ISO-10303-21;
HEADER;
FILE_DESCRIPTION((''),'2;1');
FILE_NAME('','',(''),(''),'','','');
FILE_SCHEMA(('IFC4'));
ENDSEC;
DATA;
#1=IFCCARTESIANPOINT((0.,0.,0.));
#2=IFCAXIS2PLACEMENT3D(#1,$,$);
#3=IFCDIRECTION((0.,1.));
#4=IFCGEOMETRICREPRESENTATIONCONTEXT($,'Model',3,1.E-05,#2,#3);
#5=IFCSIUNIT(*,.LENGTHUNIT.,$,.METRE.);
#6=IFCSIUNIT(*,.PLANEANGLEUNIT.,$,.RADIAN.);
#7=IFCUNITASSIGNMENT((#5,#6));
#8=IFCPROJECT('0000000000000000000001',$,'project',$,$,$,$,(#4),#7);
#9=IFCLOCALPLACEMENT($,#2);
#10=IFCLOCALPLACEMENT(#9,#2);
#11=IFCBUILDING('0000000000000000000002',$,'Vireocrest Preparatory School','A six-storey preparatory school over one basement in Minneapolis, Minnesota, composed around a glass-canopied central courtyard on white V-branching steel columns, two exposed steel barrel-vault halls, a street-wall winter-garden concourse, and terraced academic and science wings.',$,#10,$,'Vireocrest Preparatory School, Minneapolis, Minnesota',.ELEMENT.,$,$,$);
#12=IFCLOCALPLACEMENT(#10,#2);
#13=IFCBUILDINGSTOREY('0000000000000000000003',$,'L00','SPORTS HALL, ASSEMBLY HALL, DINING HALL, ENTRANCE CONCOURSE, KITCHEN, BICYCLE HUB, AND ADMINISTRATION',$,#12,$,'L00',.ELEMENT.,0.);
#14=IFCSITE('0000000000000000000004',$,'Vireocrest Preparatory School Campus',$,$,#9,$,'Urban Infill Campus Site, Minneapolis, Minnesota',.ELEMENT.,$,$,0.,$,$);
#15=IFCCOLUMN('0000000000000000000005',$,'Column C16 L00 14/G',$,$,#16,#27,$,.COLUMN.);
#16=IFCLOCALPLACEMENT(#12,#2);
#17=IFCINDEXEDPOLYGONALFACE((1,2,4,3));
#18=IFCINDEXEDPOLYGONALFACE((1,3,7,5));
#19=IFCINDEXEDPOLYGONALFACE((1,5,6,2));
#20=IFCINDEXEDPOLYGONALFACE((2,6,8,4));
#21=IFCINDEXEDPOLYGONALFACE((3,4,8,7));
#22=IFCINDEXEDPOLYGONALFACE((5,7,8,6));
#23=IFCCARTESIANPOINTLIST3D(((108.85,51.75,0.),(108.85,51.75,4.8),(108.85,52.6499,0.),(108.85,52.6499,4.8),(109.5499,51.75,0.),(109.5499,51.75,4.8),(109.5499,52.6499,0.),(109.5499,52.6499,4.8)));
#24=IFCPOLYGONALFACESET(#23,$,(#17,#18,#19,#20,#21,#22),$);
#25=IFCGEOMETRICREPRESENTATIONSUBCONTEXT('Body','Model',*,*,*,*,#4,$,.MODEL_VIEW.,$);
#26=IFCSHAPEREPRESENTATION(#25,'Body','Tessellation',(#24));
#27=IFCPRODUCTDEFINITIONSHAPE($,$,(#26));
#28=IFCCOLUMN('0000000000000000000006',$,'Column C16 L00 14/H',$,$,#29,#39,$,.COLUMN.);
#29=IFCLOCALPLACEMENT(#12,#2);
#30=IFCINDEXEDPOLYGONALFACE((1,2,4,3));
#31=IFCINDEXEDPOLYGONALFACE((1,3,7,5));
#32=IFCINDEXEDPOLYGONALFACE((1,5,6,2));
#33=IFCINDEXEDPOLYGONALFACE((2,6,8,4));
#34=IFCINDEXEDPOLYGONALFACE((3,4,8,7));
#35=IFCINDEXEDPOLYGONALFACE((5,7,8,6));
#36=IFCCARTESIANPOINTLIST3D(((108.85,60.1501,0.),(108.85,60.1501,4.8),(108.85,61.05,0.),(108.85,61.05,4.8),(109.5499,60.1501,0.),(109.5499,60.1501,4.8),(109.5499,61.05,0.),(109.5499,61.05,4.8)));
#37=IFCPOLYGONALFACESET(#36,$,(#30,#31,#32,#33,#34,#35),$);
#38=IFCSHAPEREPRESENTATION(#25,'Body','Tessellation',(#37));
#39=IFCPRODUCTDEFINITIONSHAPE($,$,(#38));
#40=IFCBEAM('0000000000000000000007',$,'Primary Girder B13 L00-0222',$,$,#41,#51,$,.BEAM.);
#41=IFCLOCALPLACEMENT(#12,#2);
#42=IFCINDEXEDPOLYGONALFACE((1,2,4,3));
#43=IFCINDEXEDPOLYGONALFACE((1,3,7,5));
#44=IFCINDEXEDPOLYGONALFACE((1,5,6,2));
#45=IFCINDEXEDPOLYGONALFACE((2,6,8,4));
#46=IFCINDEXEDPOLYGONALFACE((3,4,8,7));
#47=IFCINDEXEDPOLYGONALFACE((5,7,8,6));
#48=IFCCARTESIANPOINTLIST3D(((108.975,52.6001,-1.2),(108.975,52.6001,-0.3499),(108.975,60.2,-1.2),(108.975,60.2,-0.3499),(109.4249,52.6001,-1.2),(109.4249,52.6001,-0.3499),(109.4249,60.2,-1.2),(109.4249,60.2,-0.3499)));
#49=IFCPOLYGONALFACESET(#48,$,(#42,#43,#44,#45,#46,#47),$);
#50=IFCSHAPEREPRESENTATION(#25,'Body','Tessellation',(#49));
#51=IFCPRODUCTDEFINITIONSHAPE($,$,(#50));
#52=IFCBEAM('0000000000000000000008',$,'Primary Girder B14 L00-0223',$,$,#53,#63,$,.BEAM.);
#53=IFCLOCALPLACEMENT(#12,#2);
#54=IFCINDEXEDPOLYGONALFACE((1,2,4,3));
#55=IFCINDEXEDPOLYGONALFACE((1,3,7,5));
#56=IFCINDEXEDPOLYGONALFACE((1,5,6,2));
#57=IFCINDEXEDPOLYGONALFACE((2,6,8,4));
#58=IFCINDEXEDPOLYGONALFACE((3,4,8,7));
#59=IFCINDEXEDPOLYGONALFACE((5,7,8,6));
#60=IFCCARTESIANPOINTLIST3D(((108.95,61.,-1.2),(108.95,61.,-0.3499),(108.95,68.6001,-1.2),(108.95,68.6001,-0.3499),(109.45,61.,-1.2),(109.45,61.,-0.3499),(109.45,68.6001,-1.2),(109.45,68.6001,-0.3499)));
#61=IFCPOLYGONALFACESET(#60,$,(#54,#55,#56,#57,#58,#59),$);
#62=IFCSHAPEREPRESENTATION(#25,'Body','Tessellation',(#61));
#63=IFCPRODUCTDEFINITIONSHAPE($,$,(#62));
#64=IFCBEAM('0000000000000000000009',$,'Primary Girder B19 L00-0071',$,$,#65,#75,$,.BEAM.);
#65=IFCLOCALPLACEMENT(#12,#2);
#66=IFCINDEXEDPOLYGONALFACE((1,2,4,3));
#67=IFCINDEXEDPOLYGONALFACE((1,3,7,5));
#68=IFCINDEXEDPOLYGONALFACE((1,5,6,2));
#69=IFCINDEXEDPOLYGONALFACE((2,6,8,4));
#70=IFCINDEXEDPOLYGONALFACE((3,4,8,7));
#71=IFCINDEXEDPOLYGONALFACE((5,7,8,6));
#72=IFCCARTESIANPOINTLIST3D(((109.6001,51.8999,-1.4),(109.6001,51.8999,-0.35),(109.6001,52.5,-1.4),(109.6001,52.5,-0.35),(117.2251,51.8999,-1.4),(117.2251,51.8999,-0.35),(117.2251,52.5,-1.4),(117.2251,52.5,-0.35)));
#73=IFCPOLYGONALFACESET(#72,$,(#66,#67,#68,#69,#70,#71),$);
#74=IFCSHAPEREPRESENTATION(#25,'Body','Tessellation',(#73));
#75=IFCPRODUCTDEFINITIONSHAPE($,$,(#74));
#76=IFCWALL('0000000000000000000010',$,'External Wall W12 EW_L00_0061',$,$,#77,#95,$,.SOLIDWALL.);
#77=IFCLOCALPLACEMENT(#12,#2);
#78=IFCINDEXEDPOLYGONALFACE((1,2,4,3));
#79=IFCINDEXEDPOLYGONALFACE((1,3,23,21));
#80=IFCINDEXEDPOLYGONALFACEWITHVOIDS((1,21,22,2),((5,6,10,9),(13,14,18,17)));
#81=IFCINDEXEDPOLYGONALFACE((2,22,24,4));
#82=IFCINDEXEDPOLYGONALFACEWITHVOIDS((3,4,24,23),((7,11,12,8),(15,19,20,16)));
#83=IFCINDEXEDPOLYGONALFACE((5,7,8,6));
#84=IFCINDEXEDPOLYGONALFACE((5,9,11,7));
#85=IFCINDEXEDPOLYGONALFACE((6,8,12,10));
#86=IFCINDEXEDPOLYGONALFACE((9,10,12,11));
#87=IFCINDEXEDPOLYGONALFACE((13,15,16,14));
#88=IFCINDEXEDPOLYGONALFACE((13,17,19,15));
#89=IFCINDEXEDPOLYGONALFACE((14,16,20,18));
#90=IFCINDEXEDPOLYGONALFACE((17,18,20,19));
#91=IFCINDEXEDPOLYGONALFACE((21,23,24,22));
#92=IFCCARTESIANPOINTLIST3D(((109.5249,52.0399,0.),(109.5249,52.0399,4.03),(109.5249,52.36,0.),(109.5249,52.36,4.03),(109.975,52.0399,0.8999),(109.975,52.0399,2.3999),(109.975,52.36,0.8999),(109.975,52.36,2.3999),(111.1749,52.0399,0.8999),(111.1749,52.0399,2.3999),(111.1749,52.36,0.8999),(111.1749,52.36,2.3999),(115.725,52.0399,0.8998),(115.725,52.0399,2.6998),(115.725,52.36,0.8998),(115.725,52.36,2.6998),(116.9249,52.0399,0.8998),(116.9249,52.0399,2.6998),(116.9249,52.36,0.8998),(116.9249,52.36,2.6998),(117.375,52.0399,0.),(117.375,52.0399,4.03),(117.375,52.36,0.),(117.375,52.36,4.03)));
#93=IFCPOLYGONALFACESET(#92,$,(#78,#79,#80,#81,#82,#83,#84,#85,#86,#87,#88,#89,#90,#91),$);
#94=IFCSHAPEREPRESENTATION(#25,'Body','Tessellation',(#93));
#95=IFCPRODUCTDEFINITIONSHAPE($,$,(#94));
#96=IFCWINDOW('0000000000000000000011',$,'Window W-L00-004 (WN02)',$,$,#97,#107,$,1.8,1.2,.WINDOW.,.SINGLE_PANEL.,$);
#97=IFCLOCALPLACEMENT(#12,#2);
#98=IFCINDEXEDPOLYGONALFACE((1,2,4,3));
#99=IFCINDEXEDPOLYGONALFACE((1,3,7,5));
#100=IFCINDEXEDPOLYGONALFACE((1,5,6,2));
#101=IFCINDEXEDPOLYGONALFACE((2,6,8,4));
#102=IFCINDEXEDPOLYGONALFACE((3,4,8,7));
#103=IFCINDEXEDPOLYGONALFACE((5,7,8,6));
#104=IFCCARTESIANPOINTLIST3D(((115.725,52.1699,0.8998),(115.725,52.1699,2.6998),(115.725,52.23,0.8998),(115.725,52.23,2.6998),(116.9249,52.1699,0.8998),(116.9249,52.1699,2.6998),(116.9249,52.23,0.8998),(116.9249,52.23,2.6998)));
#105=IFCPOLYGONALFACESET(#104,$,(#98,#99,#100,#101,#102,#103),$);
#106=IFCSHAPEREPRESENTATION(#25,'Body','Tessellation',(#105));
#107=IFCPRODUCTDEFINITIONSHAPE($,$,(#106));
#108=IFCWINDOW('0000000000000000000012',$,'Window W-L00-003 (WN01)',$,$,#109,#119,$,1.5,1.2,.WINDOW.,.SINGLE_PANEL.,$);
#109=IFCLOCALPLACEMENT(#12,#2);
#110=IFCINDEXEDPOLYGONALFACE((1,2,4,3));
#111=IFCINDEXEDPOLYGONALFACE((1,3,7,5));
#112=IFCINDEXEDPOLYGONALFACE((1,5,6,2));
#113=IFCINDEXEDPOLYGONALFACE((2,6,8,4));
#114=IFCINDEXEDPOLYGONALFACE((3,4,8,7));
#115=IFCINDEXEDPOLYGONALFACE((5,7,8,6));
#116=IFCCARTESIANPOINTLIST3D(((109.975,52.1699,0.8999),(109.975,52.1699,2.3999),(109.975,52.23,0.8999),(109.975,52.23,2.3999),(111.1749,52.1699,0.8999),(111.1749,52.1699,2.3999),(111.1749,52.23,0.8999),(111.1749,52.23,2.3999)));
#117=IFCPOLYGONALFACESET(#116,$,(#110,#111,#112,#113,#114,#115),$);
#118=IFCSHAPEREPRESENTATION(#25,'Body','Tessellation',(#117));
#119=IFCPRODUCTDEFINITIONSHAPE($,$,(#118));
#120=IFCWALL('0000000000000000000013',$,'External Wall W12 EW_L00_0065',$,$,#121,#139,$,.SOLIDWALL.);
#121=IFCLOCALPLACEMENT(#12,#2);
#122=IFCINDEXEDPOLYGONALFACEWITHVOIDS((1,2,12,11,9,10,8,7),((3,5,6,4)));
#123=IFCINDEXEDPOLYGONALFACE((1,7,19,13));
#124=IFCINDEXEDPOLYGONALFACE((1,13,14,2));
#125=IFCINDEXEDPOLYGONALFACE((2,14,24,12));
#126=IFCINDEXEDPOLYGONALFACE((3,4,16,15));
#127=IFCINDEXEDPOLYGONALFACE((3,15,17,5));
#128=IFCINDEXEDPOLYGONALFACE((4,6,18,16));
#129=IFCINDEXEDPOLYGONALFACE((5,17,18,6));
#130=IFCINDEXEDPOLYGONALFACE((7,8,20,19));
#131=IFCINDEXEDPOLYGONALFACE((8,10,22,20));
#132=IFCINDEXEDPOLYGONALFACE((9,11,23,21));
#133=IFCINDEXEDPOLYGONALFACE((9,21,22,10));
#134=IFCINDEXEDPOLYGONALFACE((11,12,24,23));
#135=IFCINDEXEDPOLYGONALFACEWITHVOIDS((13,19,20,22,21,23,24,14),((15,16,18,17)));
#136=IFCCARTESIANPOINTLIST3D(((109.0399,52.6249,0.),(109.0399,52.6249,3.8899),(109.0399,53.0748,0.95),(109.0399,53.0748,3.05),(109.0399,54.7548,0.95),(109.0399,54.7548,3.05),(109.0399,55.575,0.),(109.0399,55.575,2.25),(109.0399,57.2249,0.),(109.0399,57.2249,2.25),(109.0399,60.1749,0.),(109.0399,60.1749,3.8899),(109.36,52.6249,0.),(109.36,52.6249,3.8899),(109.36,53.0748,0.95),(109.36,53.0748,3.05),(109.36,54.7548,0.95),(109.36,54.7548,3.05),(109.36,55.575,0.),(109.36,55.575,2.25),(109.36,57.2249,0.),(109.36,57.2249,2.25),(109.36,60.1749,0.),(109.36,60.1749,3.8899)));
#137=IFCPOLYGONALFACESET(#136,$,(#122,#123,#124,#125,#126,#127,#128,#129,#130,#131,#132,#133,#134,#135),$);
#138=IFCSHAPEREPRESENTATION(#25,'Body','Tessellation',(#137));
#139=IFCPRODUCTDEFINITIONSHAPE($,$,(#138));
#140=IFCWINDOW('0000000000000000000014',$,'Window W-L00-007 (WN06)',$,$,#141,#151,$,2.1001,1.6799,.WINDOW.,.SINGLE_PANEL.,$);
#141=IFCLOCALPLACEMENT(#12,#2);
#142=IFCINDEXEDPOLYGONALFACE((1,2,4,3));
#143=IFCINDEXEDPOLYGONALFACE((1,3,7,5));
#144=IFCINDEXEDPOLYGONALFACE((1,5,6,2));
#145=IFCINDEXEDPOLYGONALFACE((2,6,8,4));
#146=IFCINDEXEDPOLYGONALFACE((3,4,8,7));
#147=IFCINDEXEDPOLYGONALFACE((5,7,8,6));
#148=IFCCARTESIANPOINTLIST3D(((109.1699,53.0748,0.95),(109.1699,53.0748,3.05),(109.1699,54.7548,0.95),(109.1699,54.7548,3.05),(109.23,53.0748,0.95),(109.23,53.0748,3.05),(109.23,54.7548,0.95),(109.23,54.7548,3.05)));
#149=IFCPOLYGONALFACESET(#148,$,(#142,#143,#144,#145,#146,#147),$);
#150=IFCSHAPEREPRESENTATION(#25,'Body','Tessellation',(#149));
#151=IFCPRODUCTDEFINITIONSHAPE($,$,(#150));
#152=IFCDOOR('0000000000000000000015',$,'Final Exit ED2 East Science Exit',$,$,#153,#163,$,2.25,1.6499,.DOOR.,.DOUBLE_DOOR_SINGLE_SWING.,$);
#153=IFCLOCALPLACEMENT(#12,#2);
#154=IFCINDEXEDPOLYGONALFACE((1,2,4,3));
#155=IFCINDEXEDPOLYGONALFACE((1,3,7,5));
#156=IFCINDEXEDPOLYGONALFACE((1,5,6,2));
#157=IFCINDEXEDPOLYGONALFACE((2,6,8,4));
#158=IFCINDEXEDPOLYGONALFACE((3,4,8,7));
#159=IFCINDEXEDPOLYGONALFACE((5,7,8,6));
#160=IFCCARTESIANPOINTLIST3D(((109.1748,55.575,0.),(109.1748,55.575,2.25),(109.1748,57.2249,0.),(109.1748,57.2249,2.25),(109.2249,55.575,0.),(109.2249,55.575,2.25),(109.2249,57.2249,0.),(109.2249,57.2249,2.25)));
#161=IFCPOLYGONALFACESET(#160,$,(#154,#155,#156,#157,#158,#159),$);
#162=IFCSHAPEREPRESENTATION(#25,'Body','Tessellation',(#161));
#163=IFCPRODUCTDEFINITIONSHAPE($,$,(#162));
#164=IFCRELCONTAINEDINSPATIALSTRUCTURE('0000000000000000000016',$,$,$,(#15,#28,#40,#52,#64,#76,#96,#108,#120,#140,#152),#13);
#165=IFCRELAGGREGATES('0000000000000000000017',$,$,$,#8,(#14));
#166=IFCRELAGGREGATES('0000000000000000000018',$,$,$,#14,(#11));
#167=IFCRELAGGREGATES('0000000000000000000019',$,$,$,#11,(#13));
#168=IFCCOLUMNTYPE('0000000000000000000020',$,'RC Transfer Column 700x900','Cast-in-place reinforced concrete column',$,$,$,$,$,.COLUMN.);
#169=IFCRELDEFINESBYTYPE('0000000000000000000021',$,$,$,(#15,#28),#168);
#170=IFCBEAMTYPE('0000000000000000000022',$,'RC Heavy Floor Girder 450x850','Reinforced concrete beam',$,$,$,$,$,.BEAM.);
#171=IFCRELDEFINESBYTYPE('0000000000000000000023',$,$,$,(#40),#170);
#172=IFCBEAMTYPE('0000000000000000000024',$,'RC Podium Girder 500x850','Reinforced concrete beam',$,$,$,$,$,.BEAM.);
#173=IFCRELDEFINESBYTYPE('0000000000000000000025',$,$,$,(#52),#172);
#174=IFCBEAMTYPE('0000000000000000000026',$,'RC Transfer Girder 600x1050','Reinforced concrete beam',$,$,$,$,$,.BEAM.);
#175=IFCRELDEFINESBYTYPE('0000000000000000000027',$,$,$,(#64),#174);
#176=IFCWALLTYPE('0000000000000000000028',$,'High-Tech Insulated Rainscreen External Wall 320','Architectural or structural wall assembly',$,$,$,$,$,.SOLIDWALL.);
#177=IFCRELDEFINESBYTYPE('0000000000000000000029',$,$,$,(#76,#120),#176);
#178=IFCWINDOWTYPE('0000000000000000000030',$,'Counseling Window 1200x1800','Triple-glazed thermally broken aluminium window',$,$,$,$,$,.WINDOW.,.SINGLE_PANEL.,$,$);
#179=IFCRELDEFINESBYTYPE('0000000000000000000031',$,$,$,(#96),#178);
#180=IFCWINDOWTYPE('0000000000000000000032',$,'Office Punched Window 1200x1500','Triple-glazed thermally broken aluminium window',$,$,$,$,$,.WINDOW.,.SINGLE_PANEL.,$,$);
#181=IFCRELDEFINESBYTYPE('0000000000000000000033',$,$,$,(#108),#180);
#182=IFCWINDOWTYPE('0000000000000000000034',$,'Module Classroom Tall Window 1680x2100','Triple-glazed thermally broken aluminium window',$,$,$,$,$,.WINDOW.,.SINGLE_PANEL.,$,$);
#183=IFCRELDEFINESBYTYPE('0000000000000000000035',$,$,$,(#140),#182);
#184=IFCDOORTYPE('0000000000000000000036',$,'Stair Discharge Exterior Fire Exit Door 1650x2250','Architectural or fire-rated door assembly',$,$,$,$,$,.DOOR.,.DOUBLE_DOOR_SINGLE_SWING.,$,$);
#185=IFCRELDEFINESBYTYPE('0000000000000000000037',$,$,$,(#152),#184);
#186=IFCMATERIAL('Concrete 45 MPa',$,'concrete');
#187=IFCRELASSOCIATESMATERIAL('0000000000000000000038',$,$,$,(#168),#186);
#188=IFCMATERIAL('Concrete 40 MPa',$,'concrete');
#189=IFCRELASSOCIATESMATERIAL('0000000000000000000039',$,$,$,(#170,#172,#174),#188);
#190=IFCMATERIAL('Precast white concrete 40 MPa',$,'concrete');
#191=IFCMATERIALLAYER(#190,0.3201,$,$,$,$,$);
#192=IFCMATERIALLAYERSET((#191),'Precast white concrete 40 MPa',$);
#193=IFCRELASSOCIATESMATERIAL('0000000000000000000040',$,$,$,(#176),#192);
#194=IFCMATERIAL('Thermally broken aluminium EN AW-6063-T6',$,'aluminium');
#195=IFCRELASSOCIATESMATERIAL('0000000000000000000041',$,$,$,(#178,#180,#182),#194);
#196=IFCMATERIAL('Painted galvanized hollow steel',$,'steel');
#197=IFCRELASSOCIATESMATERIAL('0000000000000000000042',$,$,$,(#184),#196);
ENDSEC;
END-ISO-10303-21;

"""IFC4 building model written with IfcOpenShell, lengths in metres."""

from ifc_helpers import new_model, si_unit, direction, frame, frame_2d, origin, origin_2d, place, context, subcontext, project, spatial, rectangle, extrude, material, layer, layer_set, material_profile, profile_set, type_object, element, fill, save


model = new_model("IFC4")

# Units and contexts
model_context = context("Model", 3, precision=1e-05, world=origin(), true_north=direction((0.0, 1.0)))
body_context = subcontext(model_context, "Body", "Model", "MODEL_VIEW")
ifc_project = project(units=[si_unit("LENGTHUNIT", "METRE"), si_unit("PLANEANGLEUNIT", "RADIAN")], contexts=[model_context])

# Site, building, storey
site_placement = place(None, origin())
site = spatial("IfcSite", under=ifc_project, at=site_placement, Name="Vireocrest Preparatory School Campus", LongName="Urban Infill Campus Site, Minneapolis, Minnesota", CompositionType="ELEMENT", RefElevation=0.0)
building_placement = place(site_placement, origin())
building = spatial("IfcBuilding", under=site, at=building_placement, Name="Vireocrest Preparatory School", Description="A six-storey preparatory school over one basement in Minneapolis, Minnesota, composed around a glass-canopied central courtyard on white V-branching steel columns, two exposed steel barrel-vault halls, a street-wall winter-garden concourse, and terraced academic and science wings.", LongName="Vireocrest Preparatory School, Minneapolis, Minnesota", CompositionType="ELEMENT")
storey_placement = place(building_placement, origin())
storey = spatial("IfcBuildingStorey", under=building, at=storey_placement, Name="L00", Description="SPORTS HALL, ASSEMBLY HALL, DINING HALL, ENTRANCE CONCOURSE, KITCHEN, BICYCLE HUB, AND ADMINISTRATION", LongName="L00", CompositionType="ELEMENT", Elevation=0.0)

# Columns
ifc_material_1 = material(Name="Concrete 45 MPa", Category="concrete")
ifc_material_profile_1 = material_profile(ifc_material_1, rectangle(XDim=0.7, YDim=0.8999, at=origin_2d()), Name="RC 700x900")
ifc_profile_set_1 = profile_set([ifc_material_profile_1], Name="Concrete 45 MPa")
column_type = type_object("IfcColumnType", Name="RC Transfer Column 700x900", Description="Cast-in-place reinforced concrete column", PredefinedType="COLUMN", material=ifc_profile_set_1)
for number, where, z_axis, x_axis, name in (
    (1, (109.2, 52.2, 0.0), (0.0, 0.0, 1.0), (1.0, 0.0, 0.0), "Column C16 L00 14/G"),
    (2, (109.2, 60.6001, 0.0), (0.0, 0.0, 1.0), (1.0, 0.0, 0.0), "Column C16 L00 14/H"),
):
    element("IfcColumn", number, at=place(storey_placement, frame(where, z_axis=z_axis, x_axis=x_axis)), inside=storey, type_object=column_type, Name=name, PredefinedType="COLUMN", context=body_context, shape_type="SweptSolid", body=[
        extrude(rectangle(XDim=0.7, YDim=0.8999, at=origin_2d()), origin(), (0.0, 0.0, 1.0), 4.8),
    ])

# Beams
ifc_material_2 = material(Name="Concrete 40 MPa", Category="concrete")
ifc_material_profile_2 = material_profile(ifc_material_2, rectangle(XDim=0.45, YDim=0.8501, at=origin_2d()), Name="RC 450x850")
ifc_profile_set_2 = profile_set([ifc_material_profile_2], Name="Concrete 40 MPa")
beam_type_1 = type_object("IfcBeamType", Name="RC Heavy Floor Girder 450x850", Description="Reinforced concrete beam", PredefinedType="BEAM", material=ifc_profile_set_2)
beam_1_placement = place(storey_placement, frame((109.2, 52.6001, -0.7749), z_axis=(0.0, 1.0, 0.0), x_axis=(-1.0, 0.0, 0.0)))
element("IfcBeam", 3, at=beam_1_placement, inside=storey, type_object=beam_type_1, Name="Primary Girder B13 L00-0222", PredefinedType="BEAM", context=body_context, shape_type="SweptSolid", body=[
    extrude(rectangle(XDim=0.45, YDim=0.8501, at=origin_2d()), origin(), (0.0, 0.0, 1.0), 7.5999),
])
ifc_material_profile_3 = material_profile(ifc_material_2, rectangle(XDim=0.5, YDim=0.8501, at=origin_2d()), Name="RC 500x850")
ifc_profile_set_3 = profile_set([ifc_material_profile_3], Name="Concrete 40 MPa")
beam_type_2 = type_object("IfcBeamType", Name="RC Podium Girder 500x850", Description="Reinforced concrete beam", PredefinedType="BEAM", material=ifc_profile_set_3)
beam_2_placement = place(storey_placement, frame((109.2, 61.0, -0.7749), z_axis=(0.0, 1.0, 0.0), x_axis=(-1.0, 0.0, 0.0)))
element("IfcBeam", 4, at=beam_2_placement, inside=storey, type_object=beam_type_2, Name="Primary Girder B14 L00-0223", PredefinedType="BEAM", context=body_context, shape_type="SweptSolid", body=[
    extrude(rectangle(XDim=0.5, YDim=0.8501, at=origin_2d()), origin(), (0.0, 0.0, 1.0), 7.6001),
])
ifc_material_profile_4 = material_profile(ifc_material_2, rectangle(XDim=0.6001, YDim=1.05, at=origin_2d()), Name="RC 600x1050")
ifc_profile_set_4 = profile_set([ifc_material_profile_4], Name="Concrete 40 MPa")
beam_type_3 = type_object("IfcBeamType", Name="RC Transfer Girder 600x1050", Description="Reinforced concrete beam", PredefinedType="BEAM", material=ifc_profile_set_4)
beam_3_placement = place(storey_placement, frame((109.6001, 52.2, -0.875), z_axis=(1.0, 0.0, 0.0), x_axis=(0.0, 1.0, 0.0)))
element("IfcBeam", 5, at=beam_3_placement, inside=storey, type_object=beam_type_3, Name="Primary Girder B19 L00-0071", PredefinedType="BEAM", context=body_context, shape_type="SweptSolid", body=[
    extrude(rectangle(XDim=0.6001, YDim=1.05, at=origin_2d()), origin(), (0.0, 0.0, 1.0), 7.625),
])

# Wall, openings, windows
ifc_material_3 = material(Name="Precast white concrete 40 MPa", Category="concrete")
ifc_layer_1 = layer(ifc_material_3, 0.3201)
ifc_layer_set_1 = layer_set([ifc_layer_1], Name="Precast white concrete 40 MPa")
wall_type_1 = type_object("IfcWallType", Name="High-Tech Insulated Rainscreen External Wall 320", Description="Architectural or structural wall assembly", PredefinedType="SOLIDWALL", material=ifc_layer_set_1)
wall_1_placement = place(storey_placement, frame((109.5249, 52.2, 0.0), z_axis=(0.0, 0.0, 1.0), x_axis=(1.0, 0.0, 0.0)))
wall_1 = element("IfcWall", 6, at=wall_1_placement, inside=storey, type_object=wall_type_1, Name="External Wall W12 EW_L00_0061", PredefinedType="SOLIDWALL", context=body_context, shape_type="SweptSolid", body=[
    extrude(rectangle(XDim=7.8501, YDim=0.3201, at=frame_2d((3.925, 0.0))), origin(), (0.0, 0.0, 1.0), 4.03),
])
opening_1_placement = place(wall_1_placement, frame((0.45, 0.0, 0.8999)))
opening_1 = element("IfcOpeningElement", 7, at=opening_1_placement, cuts=wall_1, PredefinedType="OPENING", context=body_context, shape_type="SweptSolid", body=[
    extrude(rectangle(XDim=1.2, YDim=1.5, at=frame_2d((0.6001, 0.75))), frame((0.0, 0.1699, 0.0), z_axis=(0.0, -1.0, 0.0), x_axis=(1.0, 0.0, 0.0)), (0.0, 0.0, 1.0), 0.3401),
])
opening_2_placement = place(wall_1_placement, frame((6.2, 0.0, 0.8999)))
opening_2 = element("IfcOpeningElement", 8, at=opening_2_placement, cuts=wall_1, PredefinedType="OPENING", context=body_context, shape_type="SweptSolid", body=[
    extrude(rectangle(XDim=1.2, YDim=1.8, at=frame_2d((0.6001, 0.8999))), frame((0.0, 0.1699, 0.0), z_axis=(0.0, -1.0, 0.0), x_axis=(1.0, 0.0, 0.0)), (0.0, 0.0, 1.0), 0.3401),
])
ifc_material_4 = material(Name="Thermally broken aluminium EN AW-6063-T6", Category="aluminium")
window_type_1 = type_object("IfcWindowType", Name="Counseling Window 1200x1800", Description="Triple-glazed thermally broken aluminium window", PartitioningType="SINGLE_PANEL", PredefinedType="WINDOW", material=ifc_material_4)
window_1_placement = place(opening_2_placement, origin())
window_1 = element("IfcWindow", 9, at=window_1_placement, inside=storey, type_object=window_type_1, Name="Window W-L00-004 (WN02)", OverallHeight=1.8, OverallWidth=1.2, PartitioningType="SINGLE_PANEL", PredefinedType="WINDOW", context=body_context, shape_type="SweptSolid", body=[
    extrude(rectangle(XDim=1.2, YDim=1.8, at=frame_2d((0.6001, 0.8999))), frame((0.0, 0.03, 0.0), z_axis=(0.0, -1.0, 0.0), x_axis=(1.0, 0.0, 0.0)), (0.0, 0.0, 1.0), 0.0601),
])
fill(opening_2, window_1)
window_type_2 = type_object("IfcWindowType", Name="Office Punched Window 1200x1500", Description="Triple-glazed thermally broken aluminium window", PartitioningType="SINGLE_PANEL", PredefinedType="WINDOW", material=ifc_material_4)
window_2_placement = place(opening_1_placement, origin())
window_2 = element("IfcWindow", 10, at=window_2_placement, inside=storey, type_object=window_type_2, Name="Window W-L00-003 (WN01)", OverallHeight=1.5, OverallWidth=1.2, PartitioningType="SINGLE_PANEL", PredefinedType="WINDOW", context=body_context, shape_type="SweptSolid", body=[
    extrude(rectangle(XDim=1.2, YDim=1.5, at=frame_2d((0.6001, 0.75))), frame((0.0, 0.03, 0.0), z_axis=(0.0, -1.0, 0.0), x_axis=(1.0, 0.0, 0.0)), (0.0, 0.0, 1.0), 0.0601),
])
fill(opening_1, window_2)

# Wall, openings, window, door
wall_2_placement = place(storey_placement, frame((109.2, 52.625, 0.0), z_axis=(0.0, 0.0, 1.0), x_axis=(0.0, 1.0, 0.0)))
wall_2 = element("IfcWall", 11, at=wall_2_placement, inside=storey, type_object=wall_type_1, Name="External Wall W12 EW_L00_0065", PredefinedType="SOLIDWALL", context=body_context, shape_type="SweptSolid", body=[
    extrude(rectangle(XDim=7.55, YDim=0.3201, at=frame_2d((3.7749, 0.0))), origin(), (0.0, 0.0, 1.0), 3.8899),
])
opening_3_placement = place(wall_2_placement, frame((4.5999, 0.0, 0.0), z_axis=(0.0, 0.0, 1.0), x_axis=(-1.0, 0.0, 0.0)))
opening_3 = element("IfcOpeningElement", 12, at=opening_3_placement, cuts=wall_2, PredefinedType="OPENING", context=body_context, shape_type="SweptSolid", body=[
    extrude(rectangle(XDim=1.6499, YDim=2.25, at=frame_2d((0.825, 1.125))), frame((0.0, 0.1699, 0.0), z_axis=(0.0, -1.0, 0.0), x_axis=(1.0, 0.0, 0.0)), (0.0, 0.0, 1.0), 0.3401),
])
opening_4_placement = place(wall_2_placement, frame((0.45, 0.0, 0.95)))
opening_4 = element("IfcOpeningElement", 13, at=opening_4_placement, cuts=wall_2, PredefinedType="OPENING", context=body_context, shape_type="SweptSolid", body=[
    extrude(rectangle(XDim=1.6799, YDim=2.1001, at=frame_2d((0.8398, 1.05))), frame((0.0, 0.1699, 0.0), z_axis=(0.0, -1.0, 0.0), x_axis=(1.0, 0.0, 0.0)), (0.0, 0.0, 1.0), 0.3401),
])
window_type_3 = type_object("IfcWindowType", Name="Module Classroom Tall Window 1680x2100", Description="Triple-glazed thermally broken aluminium window", PartitioningType="SINGLE_PANEL", PredefinedType="WINDOW", material=ifc_material_4)
window_3_placement = place(opening_4_placement, origin())
window_3 = element("IfcWindow", 14, at=window_3_placement, inside=storey, type_object=window_type_3, Name="Window W-L00-007 (WN06)", OverallHeight=2.1001, OverallWidth=1.6799, PartitioningType="SINGLE_PANEL", PredefinedType="WINDOW", context=body_context, shape_type="SweptSolid", body=[
    extrude(rectangle(XDim=1.6799, YDim=2.1001, at=frame_2d((0.8398, 1.05))), frame((0.0, 0.03, 0.0), z_axis=(0.0, -1.0, 0.0), x_axis=(1.0, 0.0, 0.0)), (0.0, 0.0, 1.0), 0.0601),
])
fill(opening_4, window_3)
ifc_material_5 = material(Name="Painted galvanized hollow steel", Category="steel")
door_type_1 = type_object("IfcDoorType", Name="Stair Discharge Exterior Fire Exit Door 1650x2250", Description="Architectural or fire-rated door assembly", OperationType="DOUBLE_DOOR_SINGLE_SWING", PredefinedType="DOOR", material=ifc_material_5)
door_1_placement = place(opening_3_placement, origin())
door_1 = element("IfcDoor", 15, at=door_1_placement, inside=storey, type_object=door_type_1, Name="Final Exit ED2 East Science Exit", OperationType="DOUBLE_DOOR_SINGLE_SWING", OverallHeight=2.25, OverallWidth=1.6499, PredefinedType="DOOR", context=body_context, shape_type="SweptSolid", body=[
    extrude(rectangle(XDim=1.6499, YDim=2.25, at=frame_2d((0.825, 1.125))), frame((0.0, 0.0249, 0.0), z_axis=(0.0, -1.0, 0.0), x_axis=(1.0, 0.0, 0.0)), (0.0, 0.0, 1.0), 0.05),
])
fill(opening_3, door_1)

save(model, "model.ifc")
